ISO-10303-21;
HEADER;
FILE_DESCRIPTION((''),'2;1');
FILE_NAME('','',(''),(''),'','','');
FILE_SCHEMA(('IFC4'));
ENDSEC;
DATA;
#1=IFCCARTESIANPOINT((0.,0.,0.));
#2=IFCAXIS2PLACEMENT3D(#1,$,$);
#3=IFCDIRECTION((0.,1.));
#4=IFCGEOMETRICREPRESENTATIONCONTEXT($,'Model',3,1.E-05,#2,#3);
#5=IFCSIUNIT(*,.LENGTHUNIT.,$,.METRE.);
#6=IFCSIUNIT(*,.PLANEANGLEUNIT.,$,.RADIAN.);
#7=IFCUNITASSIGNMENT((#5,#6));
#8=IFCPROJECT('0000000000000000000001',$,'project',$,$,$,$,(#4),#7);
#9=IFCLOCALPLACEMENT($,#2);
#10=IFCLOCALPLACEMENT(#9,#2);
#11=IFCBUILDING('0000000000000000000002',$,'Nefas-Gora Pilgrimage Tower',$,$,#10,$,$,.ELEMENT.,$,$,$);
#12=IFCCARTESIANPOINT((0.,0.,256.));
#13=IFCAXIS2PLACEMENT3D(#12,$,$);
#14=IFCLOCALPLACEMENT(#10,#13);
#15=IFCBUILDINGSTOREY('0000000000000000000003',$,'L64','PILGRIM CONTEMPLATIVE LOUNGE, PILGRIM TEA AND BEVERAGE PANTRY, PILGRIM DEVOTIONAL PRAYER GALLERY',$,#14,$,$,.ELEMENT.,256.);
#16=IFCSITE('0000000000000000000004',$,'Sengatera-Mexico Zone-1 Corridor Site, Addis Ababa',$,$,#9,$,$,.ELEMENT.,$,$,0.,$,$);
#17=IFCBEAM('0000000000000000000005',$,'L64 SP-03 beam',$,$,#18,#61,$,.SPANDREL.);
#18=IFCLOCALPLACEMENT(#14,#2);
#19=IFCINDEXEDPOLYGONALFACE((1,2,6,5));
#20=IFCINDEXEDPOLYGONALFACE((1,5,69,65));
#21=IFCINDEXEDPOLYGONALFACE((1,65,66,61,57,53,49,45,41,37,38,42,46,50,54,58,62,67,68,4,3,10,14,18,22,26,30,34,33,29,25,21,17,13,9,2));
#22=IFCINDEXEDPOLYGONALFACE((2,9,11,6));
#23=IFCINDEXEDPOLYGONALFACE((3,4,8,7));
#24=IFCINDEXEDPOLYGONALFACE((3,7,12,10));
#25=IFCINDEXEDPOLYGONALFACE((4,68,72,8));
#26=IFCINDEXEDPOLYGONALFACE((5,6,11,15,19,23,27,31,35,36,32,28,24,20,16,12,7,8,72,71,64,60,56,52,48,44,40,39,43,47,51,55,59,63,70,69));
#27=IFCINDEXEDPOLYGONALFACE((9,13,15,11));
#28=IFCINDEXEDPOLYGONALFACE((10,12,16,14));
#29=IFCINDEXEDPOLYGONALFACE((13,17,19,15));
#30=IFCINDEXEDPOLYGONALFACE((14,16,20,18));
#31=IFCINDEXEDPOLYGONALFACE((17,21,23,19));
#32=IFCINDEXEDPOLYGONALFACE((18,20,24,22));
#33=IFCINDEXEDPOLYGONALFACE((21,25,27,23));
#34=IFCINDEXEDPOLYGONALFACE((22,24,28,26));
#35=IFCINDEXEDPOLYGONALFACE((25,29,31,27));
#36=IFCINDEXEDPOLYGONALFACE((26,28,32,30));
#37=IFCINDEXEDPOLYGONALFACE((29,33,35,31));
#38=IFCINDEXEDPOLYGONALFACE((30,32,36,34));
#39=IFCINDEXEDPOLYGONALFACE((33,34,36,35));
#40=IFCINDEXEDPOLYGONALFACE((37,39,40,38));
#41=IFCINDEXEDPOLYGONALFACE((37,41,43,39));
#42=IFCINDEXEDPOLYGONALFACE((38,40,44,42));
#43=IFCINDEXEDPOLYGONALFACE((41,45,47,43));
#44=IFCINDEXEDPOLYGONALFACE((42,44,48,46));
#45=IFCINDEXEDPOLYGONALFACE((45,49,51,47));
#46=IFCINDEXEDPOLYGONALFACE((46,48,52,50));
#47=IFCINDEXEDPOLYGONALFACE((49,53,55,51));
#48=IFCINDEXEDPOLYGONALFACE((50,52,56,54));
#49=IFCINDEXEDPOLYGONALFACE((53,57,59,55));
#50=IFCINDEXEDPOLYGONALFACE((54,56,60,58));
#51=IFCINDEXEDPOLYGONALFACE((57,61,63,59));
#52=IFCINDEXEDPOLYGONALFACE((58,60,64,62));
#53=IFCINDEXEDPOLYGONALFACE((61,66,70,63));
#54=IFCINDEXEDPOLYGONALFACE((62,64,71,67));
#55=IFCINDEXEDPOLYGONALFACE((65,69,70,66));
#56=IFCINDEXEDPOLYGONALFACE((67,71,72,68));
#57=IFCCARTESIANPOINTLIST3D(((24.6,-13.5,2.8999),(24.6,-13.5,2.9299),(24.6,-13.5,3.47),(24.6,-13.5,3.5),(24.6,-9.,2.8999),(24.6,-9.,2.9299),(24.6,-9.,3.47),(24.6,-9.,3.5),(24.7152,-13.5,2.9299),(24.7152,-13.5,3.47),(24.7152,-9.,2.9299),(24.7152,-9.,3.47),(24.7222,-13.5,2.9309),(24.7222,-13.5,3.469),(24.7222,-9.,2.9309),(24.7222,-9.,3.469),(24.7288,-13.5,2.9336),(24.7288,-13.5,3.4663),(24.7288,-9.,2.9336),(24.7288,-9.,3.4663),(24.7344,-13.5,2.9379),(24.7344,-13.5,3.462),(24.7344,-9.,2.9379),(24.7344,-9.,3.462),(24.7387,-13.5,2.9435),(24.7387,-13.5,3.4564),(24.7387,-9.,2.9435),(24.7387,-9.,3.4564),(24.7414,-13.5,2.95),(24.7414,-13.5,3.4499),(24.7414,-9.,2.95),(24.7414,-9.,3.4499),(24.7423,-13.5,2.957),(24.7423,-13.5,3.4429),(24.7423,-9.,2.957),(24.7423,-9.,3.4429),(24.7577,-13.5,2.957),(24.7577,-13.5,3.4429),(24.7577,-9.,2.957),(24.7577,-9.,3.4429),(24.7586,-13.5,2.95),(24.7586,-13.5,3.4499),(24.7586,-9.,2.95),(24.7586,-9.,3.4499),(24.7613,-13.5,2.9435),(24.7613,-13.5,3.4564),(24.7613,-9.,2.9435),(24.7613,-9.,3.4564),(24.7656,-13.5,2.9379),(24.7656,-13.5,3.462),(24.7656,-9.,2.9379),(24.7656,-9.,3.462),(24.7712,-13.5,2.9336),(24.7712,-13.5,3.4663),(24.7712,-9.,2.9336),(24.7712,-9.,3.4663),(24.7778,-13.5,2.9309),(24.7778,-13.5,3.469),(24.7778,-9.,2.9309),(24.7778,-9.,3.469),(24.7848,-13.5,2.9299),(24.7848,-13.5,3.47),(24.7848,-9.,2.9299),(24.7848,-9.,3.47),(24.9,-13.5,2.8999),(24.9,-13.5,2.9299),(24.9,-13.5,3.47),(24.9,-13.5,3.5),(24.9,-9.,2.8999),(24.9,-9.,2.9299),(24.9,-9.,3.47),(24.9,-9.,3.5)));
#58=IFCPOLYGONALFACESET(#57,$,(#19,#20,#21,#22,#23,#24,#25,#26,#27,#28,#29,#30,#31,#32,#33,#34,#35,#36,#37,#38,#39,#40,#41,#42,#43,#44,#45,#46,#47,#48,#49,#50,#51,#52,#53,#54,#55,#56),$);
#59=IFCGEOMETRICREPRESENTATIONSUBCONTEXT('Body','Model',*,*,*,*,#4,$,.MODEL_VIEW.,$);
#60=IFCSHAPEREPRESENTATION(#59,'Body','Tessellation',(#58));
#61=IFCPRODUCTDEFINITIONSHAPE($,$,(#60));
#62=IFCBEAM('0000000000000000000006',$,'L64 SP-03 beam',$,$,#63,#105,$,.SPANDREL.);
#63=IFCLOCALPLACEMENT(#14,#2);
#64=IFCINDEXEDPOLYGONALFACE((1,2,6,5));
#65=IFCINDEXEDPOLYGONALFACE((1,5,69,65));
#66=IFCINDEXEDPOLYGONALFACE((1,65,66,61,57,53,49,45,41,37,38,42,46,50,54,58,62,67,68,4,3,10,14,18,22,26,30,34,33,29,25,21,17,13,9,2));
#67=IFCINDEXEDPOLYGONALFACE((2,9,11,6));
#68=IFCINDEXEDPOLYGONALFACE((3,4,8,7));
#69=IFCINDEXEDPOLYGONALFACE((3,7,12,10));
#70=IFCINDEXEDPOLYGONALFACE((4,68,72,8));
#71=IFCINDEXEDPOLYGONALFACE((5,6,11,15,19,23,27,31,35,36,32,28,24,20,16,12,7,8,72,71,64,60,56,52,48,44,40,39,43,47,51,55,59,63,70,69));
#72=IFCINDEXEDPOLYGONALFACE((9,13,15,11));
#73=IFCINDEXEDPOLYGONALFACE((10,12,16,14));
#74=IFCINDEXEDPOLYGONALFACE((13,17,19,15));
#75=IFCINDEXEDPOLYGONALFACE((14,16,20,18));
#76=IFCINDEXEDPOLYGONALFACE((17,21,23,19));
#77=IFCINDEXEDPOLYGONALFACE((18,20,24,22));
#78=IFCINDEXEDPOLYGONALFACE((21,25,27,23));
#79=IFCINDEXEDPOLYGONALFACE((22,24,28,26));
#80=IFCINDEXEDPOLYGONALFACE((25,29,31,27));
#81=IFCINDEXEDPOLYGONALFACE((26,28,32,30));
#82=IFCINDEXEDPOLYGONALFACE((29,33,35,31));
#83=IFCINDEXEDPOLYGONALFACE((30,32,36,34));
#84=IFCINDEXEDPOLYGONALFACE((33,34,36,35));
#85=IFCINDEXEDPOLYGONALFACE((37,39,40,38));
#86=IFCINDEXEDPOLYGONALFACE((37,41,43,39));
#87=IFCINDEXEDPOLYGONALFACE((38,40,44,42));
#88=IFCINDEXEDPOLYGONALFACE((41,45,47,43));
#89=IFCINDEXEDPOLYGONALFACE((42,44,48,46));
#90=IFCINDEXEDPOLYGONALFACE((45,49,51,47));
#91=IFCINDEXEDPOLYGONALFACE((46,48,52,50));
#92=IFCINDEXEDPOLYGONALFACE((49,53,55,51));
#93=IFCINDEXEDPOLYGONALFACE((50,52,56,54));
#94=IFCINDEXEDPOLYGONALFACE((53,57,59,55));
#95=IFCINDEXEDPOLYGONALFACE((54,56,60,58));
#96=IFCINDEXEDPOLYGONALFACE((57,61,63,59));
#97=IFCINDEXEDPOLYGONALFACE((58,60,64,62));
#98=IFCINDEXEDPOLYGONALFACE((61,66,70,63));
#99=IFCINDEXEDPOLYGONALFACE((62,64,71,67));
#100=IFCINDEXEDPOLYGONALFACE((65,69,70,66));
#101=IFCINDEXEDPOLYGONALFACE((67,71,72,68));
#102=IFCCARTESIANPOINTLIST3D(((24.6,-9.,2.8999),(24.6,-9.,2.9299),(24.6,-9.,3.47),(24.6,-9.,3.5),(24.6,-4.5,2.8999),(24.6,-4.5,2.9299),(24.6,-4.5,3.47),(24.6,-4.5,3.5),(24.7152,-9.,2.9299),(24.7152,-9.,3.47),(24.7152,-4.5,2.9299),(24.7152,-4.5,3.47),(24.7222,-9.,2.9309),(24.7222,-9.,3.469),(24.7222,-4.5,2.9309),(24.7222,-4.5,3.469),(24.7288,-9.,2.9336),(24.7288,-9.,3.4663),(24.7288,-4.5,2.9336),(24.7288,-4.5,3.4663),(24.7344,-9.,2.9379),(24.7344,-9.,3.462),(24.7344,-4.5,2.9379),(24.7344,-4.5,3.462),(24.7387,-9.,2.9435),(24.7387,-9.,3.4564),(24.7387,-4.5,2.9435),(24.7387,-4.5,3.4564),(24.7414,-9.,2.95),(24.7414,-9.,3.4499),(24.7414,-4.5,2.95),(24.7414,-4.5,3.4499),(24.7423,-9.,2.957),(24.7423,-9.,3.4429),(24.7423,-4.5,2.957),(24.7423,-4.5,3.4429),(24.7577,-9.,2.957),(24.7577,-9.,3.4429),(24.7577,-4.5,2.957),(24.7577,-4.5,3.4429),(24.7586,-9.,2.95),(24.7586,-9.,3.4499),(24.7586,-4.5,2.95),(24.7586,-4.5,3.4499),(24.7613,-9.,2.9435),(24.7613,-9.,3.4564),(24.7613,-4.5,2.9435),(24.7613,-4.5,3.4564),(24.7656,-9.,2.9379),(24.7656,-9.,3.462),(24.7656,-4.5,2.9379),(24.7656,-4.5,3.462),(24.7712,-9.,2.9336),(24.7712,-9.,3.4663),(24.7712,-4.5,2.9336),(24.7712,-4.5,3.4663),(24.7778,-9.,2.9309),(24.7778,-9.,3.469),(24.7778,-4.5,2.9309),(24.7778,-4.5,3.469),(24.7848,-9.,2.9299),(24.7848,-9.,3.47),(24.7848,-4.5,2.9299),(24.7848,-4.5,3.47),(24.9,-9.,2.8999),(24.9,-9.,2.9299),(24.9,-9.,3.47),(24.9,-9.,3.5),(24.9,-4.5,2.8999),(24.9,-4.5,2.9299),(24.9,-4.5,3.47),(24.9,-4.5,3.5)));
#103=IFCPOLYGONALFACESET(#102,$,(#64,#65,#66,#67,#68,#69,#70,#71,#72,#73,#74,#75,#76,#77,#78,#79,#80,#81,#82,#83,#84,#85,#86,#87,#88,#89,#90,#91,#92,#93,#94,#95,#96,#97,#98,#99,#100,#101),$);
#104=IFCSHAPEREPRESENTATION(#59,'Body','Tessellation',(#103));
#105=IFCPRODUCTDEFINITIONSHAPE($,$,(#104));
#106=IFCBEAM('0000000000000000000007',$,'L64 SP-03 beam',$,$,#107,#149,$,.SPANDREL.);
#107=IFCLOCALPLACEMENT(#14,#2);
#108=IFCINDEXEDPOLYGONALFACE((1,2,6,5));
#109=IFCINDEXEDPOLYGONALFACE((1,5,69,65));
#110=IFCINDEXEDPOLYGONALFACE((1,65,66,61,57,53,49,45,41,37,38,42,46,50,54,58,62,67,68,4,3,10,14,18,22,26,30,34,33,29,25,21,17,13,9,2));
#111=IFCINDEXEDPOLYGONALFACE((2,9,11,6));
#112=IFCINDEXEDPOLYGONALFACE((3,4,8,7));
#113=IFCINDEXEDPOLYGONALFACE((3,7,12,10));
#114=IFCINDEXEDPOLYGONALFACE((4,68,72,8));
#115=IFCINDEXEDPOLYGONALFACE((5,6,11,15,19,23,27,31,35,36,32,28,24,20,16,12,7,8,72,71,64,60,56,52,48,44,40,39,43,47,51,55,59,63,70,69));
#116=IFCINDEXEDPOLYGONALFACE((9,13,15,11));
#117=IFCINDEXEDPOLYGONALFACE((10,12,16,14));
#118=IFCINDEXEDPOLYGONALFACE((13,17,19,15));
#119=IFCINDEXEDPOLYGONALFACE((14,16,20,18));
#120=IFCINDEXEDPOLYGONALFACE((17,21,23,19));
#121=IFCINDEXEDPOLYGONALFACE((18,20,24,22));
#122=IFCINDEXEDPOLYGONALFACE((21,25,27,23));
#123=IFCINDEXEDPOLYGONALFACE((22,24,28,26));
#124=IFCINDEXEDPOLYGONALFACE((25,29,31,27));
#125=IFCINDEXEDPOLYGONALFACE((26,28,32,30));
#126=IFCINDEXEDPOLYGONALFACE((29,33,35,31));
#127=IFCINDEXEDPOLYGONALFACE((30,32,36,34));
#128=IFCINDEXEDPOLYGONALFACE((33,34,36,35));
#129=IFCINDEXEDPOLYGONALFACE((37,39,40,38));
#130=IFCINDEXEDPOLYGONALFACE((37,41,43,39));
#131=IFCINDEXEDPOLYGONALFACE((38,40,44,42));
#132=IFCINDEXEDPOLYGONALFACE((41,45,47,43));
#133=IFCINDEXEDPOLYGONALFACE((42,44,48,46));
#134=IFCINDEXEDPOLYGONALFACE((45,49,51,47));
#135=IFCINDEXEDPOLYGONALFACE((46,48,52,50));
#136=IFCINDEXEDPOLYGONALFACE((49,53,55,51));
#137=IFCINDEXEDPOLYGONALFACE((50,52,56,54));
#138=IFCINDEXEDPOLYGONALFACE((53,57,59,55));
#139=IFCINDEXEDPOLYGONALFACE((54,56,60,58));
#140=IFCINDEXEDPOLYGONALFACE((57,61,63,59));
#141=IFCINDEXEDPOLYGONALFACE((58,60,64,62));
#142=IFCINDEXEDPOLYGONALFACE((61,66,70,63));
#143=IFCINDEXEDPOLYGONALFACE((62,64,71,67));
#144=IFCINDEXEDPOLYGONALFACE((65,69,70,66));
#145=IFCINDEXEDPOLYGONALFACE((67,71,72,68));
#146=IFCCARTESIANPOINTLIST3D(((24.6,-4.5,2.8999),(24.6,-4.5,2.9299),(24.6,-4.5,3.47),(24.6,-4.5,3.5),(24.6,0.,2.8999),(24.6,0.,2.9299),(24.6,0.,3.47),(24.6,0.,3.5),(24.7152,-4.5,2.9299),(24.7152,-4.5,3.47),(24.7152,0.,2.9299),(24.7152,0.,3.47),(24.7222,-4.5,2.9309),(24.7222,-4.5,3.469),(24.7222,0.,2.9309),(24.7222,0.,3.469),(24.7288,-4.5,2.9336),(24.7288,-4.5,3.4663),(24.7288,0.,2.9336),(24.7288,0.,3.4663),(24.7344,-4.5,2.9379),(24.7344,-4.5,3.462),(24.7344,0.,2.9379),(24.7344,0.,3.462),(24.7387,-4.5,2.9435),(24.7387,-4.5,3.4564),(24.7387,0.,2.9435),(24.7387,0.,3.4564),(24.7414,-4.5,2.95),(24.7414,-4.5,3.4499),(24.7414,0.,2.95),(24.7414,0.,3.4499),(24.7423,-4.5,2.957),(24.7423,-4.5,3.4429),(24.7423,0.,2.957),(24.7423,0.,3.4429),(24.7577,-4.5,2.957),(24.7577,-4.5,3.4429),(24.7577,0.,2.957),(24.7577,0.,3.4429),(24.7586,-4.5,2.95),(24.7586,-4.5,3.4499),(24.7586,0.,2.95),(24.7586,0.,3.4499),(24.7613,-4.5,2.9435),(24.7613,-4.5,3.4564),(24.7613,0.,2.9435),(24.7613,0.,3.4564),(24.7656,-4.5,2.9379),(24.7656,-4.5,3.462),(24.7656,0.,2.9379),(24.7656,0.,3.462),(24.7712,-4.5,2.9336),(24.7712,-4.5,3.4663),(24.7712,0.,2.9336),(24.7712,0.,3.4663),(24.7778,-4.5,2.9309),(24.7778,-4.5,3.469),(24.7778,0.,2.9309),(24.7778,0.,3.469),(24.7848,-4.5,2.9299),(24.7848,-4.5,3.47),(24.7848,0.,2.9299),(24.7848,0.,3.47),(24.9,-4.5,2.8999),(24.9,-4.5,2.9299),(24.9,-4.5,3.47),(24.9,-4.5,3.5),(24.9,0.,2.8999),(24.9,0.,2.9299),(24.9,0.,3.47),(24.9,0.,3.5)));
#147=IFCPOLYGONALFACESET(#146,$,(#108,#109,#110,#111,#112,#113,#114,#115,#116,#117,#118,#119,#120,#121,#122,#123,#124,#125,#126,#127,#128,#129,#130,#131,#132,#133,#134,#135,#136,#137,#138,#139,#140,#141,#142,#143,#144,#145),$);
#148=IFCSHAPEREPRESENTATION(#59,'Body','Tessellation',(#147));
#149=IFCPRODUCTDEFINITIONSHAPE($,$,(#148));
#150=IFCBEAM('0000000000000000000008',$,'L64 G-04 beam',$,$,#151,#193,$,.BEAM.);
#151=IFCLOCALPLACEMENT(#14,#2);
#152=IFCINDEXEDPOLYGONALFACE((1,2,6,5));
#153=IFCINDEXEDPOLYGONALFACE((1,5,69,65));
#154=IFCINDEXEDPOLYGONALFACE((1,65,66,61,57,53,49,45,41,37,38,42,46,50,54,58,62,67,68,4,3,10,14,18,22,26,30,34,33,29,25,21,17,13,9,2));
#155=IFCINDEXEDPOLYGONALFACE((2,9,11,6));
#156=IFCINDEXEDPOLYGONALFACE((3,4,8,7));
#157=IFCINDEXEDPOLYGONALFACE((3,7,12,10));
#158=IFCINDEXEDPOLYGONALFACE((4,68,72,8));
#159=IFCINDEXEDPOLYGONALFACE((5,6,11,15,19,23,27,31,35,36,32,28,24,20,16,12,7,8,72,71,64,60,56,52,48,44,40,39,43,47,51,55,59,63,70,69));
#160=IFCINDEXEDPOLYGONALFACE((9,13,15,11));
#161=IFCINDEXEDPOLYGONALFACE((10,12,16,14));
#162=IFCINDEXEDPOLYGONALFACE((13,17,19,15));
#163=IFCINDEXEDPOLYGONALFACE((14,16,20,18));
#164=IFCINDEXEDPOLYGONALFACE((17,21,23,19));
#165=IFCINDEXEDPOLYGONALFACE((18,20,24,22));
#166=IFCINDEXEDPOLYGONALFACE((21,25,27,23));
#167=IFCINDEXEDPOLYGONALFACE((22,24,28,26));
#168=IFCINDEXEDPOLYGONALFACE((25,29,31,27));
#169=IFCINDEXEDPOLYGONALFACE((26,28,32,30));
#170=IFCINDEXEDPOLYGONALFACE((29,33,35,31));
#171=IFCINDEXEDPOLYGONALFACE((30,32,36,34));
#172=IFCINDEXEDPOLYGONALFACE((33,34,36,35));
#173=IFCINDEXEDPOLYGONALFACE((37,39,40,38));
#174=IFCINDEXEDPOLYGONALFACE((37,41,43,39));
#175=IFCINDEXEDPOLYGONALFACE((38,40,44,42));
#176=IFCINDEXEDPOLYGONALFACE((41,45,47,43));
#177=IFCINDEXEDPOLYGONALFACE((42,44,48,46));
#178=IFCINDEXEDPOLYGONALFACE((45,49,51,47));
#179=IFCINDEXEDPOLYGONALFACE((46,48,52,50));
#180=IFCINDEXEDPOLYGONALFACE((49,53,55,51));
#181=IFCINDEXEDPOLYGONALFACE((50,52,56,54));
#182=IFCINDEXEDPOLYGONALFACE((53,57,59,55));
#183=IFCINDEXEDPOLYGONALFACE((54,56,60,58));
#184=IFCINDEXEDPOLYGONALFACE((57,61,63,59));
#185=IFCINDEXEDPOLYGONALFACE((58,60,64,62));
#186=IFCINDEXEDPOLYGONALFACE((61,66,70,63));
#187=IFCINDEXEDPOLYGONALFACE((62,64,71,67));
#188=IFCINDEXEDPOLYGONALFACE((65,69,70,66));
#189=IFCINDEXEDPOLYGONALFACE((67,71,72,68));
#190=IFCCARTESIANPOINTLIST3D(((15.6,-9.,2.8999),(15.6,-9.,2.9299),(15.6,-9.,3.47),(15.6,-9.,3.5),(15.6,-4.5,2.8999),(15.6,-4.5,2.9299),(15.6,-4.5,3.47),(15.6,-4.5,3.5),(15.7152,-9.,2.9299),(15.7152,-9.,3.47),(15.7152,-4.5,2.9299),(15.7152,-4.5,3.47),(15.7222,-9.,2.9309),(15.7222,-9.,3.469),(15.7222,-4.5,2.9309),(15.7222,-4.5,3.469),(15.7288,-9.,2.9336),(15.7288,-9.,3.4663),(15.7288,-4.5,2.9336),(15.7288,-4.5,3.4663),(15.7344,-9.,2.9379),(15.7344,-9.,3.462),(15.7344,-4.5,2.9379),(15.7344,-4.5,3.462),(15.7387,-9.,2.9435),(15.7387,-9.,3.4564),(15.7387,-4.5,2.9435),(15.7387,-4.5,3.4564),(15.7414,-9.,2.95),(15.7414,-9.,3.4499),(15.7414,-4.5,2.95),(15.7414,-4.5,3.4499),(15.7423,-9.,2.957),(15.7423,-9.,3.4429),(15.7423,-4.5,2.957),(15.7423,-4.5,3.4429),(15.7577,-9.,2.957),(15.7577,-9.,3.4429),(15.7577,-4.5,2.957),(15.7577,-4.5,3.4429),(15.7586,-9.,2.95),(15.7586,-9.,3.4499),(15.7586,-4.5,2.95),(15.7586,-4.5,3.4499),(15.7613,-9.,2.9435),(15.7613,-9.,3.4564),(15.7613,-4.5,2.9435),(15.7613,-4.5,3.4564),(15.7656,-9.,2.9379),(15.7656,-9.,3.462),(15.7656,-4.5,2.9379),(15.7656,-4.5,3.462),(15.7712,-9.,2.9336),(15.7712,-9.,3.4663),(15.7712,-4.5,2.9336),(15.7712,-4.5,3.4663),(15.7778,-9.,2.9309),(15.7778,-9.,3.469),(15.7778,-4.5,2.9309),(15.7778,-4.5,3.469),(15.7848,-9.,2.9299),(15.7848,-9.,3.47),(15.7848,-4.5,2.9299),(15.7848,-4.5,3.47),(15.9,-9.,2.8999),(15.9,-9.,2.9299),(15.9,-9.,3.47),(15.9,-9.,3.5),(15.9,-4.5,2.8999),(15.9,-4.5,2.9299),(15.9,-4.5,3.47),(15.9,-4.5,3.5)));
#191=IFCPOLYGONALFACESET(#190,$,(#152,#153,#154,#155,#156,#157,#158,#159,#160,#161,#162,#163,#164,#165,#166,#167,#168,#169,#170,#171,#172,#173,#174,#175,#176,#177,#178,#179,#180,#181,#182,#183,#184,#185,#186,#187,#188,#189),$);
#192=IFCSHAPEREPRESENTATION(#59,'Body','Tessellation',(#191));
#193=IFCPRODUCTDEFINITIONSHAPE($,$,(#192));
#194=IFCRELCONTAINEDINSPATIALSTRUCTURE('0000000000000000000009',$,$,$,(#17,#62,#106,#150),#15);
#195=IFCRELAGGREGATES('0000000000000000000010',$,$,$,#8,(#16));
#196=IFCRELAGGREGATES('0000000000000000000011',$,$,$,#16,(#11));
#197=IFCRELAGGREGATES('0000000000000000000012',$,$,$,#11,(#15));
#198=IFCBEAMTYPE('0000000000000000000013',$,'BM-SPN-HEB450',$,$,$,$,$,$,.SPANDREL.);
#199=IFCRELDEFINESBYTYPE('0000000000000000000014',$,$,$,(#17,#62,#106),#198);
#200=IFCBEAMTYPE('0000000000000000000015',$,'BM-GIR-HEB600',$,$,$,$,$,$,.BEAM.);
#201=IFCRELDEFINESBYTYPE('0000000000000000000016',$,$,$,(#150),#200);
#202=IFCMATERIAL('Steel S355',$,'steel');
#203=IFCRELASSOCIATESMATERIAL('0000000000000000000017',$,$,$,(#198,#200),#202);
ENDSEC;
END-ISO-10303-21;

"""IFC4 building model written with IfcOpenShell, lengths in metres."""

from ifc_helpers import new_model, si_unit, direction, frame, origin, origin_2d, place, context, subcontext, project, spatial, i_section, extrude, source, transform, mapped, material, material_profile, profile_set, type_object, element, save


model = new_model("IFC4")

# Units and contexts
model_context = context("Model", 3, precision=1e-05, world=origin(), true_north=direction((0.0, 1.0)))
body_context = subcontext(model_context, "Body", "Model", "MODEL_VIEW")
ifc_project = project(units=[si_unit("LENGTHUNIT", "METRE"), si_unit("PLANEANGLEUNIT", "RADIAN")], contexts=[model_context])

# Site, building, storey
site_placement = place(None, origin())
site = spatial("IfcSite", under=ifc_project, at=site_placement, Name="Sengatera-Mexico Zone-1 Corridor Site, Addis Ababa", CompositionType="ELEMENT", RefElevation=0.0)
building_placement = place(site_placement, origin())
building = spatial("IfcBuilding", under=site, at=building_placement, Name="Nefas-Gora Pilgrimage Tower", CompositionType="ELEMENT")
storey_placement = place(building_placement, frame((0.0, 0.0, 256.0)))
storey = spatial("IfcBuildingStorey", under=building, at=storey_placement, Name="L64", Description="PILGRIM CONTEMPLATIVE LOUNGE, PILGRIM TEA AND BEVERAGE PANTRY, PILGRIM DEVOTIONAL PRAYER GALLERY", CompositionType="ELEMENT", Elevation=256.0)

# Beams
ifc_material_1 = material(Name="Steel S355", Category="steel")
ifc_material_profile_1 = material_profile(ifc_material_1, i_section(OverallWidth=0.3, OverallDepth=0.6001, WebThickness=0.0154, FlangeThickness=0.03, FilletRadius=0.0271, at=origin_2d()), Name="HEB 600")
ifc_profile_set_1 = profile_set([ifc_material_profile_1], Name="Steel S355")
beam_type_1 = type_object("IfcBeamType", Name="BM-SPN-HEB450", PredefinedType="SPANDREL", material=ifc_profile_set_1)
shared_shape_1 = source(origin(), body_context, "Body", "SweptSolid", [
    extrude(i_section(OverallWidth=0.3, OverallDepth=0.6001, WebThickness=0.0154, FlangeThickness=0.03, FilletRadius=0.0271, at=origin_2d()), origin(), (0.0, 0.0, 1.0), 4.5),
])
for number, where, z_axis, x_axis, name in (
    (1, (24.75, -13.5, 3.2), (0.0, 1.0, 0.0), (-1.0, 0.0, 0.0), "L64 SP-03 beam"),
    (2, (24.75, -9.0, 3.2), (0.0, 1.0, 0.0), (-1.0, 0.0, 0.0), "L64 SP-03 beam"),
    (3, (24.75, -4.5, 3.2), (0.0, 1.0, 0.0), (-1.0, 0.0, 0.0), "L64 SP-03 beam"),
):
    element("IfcBeam", number, at=place(storey_placement, frame(where, z_axis=z_axis, x_axis=x_axis)), inside=storey, type_object=beam_type_1, Name=name, PredefinedType="SPANDREL", context=body_context, shape_type="MappedRepresentation", body=[
        mapped(shared_shape_1, transform((0.0, 0.0, 0.0), x_axis=(1.0, 0.0, 0.0), y_axis=(0.0, 1.0, 0.0), z_axis=(0.0, 0.0, 1.0), scale=1.0)),
    ])
ifc_material_profile_2 = material_profile(ifc_material_1, i_section(OverallWidth=0.3, OverallDepth=0.6001, WebThickness=0.0154, FlangeThickness=0.03, FilletRadius=0.0271, at=origin_2d()), Name="HEB 600")
ifc_profile_set_2 = profile_set([ifc_material_profile_2], Name="Steel S355")
beam_type_2 = type_object("IfcBeamType", Name="BM-GIR-HEB600", PredefinedType="BEAM", material=ifc_profile_set_2)
shared_shape_2 = source(origin(), body_context, "Body", "SweptSolid", [
    extrude(i_section(OverallWidth=0.3, OverallDepth=0.6001, WebThickness=0.0154, FlangeThickness=0.03, FilletRadius=0.0271, at=origin_2d()), origin(), (0.0, 0.0, 1.0), 4.5),
])
for number, where, z_axis, x_axis, name in (
    (4, (15.75, -9.0, 3.2), (0.0, 1.0, 0.0), (-1.0, 0.0, 0.0), "L64 G-04 beam"),
):
    element("IfcBeam", number, at=place(storey_placement, frame(where, z_axis=z_axis, x_axis=x_axis)), inside=storey, type_object=beam_type_2, Name=name, PredefinedType="BEAM", context=body_context, shape_type="MappedRepresentation", body=[
        mapped(shared_shape_2, transform((0.0, 0.0, 0.0), x_axis=(1.0, 0.0, 0.0), y_axis=(0.0, 1.0, 0.0), z_axis=(0.0, 0.0, 1.0), scale=1.0)),
    ])

save(model, "model.ifc")
